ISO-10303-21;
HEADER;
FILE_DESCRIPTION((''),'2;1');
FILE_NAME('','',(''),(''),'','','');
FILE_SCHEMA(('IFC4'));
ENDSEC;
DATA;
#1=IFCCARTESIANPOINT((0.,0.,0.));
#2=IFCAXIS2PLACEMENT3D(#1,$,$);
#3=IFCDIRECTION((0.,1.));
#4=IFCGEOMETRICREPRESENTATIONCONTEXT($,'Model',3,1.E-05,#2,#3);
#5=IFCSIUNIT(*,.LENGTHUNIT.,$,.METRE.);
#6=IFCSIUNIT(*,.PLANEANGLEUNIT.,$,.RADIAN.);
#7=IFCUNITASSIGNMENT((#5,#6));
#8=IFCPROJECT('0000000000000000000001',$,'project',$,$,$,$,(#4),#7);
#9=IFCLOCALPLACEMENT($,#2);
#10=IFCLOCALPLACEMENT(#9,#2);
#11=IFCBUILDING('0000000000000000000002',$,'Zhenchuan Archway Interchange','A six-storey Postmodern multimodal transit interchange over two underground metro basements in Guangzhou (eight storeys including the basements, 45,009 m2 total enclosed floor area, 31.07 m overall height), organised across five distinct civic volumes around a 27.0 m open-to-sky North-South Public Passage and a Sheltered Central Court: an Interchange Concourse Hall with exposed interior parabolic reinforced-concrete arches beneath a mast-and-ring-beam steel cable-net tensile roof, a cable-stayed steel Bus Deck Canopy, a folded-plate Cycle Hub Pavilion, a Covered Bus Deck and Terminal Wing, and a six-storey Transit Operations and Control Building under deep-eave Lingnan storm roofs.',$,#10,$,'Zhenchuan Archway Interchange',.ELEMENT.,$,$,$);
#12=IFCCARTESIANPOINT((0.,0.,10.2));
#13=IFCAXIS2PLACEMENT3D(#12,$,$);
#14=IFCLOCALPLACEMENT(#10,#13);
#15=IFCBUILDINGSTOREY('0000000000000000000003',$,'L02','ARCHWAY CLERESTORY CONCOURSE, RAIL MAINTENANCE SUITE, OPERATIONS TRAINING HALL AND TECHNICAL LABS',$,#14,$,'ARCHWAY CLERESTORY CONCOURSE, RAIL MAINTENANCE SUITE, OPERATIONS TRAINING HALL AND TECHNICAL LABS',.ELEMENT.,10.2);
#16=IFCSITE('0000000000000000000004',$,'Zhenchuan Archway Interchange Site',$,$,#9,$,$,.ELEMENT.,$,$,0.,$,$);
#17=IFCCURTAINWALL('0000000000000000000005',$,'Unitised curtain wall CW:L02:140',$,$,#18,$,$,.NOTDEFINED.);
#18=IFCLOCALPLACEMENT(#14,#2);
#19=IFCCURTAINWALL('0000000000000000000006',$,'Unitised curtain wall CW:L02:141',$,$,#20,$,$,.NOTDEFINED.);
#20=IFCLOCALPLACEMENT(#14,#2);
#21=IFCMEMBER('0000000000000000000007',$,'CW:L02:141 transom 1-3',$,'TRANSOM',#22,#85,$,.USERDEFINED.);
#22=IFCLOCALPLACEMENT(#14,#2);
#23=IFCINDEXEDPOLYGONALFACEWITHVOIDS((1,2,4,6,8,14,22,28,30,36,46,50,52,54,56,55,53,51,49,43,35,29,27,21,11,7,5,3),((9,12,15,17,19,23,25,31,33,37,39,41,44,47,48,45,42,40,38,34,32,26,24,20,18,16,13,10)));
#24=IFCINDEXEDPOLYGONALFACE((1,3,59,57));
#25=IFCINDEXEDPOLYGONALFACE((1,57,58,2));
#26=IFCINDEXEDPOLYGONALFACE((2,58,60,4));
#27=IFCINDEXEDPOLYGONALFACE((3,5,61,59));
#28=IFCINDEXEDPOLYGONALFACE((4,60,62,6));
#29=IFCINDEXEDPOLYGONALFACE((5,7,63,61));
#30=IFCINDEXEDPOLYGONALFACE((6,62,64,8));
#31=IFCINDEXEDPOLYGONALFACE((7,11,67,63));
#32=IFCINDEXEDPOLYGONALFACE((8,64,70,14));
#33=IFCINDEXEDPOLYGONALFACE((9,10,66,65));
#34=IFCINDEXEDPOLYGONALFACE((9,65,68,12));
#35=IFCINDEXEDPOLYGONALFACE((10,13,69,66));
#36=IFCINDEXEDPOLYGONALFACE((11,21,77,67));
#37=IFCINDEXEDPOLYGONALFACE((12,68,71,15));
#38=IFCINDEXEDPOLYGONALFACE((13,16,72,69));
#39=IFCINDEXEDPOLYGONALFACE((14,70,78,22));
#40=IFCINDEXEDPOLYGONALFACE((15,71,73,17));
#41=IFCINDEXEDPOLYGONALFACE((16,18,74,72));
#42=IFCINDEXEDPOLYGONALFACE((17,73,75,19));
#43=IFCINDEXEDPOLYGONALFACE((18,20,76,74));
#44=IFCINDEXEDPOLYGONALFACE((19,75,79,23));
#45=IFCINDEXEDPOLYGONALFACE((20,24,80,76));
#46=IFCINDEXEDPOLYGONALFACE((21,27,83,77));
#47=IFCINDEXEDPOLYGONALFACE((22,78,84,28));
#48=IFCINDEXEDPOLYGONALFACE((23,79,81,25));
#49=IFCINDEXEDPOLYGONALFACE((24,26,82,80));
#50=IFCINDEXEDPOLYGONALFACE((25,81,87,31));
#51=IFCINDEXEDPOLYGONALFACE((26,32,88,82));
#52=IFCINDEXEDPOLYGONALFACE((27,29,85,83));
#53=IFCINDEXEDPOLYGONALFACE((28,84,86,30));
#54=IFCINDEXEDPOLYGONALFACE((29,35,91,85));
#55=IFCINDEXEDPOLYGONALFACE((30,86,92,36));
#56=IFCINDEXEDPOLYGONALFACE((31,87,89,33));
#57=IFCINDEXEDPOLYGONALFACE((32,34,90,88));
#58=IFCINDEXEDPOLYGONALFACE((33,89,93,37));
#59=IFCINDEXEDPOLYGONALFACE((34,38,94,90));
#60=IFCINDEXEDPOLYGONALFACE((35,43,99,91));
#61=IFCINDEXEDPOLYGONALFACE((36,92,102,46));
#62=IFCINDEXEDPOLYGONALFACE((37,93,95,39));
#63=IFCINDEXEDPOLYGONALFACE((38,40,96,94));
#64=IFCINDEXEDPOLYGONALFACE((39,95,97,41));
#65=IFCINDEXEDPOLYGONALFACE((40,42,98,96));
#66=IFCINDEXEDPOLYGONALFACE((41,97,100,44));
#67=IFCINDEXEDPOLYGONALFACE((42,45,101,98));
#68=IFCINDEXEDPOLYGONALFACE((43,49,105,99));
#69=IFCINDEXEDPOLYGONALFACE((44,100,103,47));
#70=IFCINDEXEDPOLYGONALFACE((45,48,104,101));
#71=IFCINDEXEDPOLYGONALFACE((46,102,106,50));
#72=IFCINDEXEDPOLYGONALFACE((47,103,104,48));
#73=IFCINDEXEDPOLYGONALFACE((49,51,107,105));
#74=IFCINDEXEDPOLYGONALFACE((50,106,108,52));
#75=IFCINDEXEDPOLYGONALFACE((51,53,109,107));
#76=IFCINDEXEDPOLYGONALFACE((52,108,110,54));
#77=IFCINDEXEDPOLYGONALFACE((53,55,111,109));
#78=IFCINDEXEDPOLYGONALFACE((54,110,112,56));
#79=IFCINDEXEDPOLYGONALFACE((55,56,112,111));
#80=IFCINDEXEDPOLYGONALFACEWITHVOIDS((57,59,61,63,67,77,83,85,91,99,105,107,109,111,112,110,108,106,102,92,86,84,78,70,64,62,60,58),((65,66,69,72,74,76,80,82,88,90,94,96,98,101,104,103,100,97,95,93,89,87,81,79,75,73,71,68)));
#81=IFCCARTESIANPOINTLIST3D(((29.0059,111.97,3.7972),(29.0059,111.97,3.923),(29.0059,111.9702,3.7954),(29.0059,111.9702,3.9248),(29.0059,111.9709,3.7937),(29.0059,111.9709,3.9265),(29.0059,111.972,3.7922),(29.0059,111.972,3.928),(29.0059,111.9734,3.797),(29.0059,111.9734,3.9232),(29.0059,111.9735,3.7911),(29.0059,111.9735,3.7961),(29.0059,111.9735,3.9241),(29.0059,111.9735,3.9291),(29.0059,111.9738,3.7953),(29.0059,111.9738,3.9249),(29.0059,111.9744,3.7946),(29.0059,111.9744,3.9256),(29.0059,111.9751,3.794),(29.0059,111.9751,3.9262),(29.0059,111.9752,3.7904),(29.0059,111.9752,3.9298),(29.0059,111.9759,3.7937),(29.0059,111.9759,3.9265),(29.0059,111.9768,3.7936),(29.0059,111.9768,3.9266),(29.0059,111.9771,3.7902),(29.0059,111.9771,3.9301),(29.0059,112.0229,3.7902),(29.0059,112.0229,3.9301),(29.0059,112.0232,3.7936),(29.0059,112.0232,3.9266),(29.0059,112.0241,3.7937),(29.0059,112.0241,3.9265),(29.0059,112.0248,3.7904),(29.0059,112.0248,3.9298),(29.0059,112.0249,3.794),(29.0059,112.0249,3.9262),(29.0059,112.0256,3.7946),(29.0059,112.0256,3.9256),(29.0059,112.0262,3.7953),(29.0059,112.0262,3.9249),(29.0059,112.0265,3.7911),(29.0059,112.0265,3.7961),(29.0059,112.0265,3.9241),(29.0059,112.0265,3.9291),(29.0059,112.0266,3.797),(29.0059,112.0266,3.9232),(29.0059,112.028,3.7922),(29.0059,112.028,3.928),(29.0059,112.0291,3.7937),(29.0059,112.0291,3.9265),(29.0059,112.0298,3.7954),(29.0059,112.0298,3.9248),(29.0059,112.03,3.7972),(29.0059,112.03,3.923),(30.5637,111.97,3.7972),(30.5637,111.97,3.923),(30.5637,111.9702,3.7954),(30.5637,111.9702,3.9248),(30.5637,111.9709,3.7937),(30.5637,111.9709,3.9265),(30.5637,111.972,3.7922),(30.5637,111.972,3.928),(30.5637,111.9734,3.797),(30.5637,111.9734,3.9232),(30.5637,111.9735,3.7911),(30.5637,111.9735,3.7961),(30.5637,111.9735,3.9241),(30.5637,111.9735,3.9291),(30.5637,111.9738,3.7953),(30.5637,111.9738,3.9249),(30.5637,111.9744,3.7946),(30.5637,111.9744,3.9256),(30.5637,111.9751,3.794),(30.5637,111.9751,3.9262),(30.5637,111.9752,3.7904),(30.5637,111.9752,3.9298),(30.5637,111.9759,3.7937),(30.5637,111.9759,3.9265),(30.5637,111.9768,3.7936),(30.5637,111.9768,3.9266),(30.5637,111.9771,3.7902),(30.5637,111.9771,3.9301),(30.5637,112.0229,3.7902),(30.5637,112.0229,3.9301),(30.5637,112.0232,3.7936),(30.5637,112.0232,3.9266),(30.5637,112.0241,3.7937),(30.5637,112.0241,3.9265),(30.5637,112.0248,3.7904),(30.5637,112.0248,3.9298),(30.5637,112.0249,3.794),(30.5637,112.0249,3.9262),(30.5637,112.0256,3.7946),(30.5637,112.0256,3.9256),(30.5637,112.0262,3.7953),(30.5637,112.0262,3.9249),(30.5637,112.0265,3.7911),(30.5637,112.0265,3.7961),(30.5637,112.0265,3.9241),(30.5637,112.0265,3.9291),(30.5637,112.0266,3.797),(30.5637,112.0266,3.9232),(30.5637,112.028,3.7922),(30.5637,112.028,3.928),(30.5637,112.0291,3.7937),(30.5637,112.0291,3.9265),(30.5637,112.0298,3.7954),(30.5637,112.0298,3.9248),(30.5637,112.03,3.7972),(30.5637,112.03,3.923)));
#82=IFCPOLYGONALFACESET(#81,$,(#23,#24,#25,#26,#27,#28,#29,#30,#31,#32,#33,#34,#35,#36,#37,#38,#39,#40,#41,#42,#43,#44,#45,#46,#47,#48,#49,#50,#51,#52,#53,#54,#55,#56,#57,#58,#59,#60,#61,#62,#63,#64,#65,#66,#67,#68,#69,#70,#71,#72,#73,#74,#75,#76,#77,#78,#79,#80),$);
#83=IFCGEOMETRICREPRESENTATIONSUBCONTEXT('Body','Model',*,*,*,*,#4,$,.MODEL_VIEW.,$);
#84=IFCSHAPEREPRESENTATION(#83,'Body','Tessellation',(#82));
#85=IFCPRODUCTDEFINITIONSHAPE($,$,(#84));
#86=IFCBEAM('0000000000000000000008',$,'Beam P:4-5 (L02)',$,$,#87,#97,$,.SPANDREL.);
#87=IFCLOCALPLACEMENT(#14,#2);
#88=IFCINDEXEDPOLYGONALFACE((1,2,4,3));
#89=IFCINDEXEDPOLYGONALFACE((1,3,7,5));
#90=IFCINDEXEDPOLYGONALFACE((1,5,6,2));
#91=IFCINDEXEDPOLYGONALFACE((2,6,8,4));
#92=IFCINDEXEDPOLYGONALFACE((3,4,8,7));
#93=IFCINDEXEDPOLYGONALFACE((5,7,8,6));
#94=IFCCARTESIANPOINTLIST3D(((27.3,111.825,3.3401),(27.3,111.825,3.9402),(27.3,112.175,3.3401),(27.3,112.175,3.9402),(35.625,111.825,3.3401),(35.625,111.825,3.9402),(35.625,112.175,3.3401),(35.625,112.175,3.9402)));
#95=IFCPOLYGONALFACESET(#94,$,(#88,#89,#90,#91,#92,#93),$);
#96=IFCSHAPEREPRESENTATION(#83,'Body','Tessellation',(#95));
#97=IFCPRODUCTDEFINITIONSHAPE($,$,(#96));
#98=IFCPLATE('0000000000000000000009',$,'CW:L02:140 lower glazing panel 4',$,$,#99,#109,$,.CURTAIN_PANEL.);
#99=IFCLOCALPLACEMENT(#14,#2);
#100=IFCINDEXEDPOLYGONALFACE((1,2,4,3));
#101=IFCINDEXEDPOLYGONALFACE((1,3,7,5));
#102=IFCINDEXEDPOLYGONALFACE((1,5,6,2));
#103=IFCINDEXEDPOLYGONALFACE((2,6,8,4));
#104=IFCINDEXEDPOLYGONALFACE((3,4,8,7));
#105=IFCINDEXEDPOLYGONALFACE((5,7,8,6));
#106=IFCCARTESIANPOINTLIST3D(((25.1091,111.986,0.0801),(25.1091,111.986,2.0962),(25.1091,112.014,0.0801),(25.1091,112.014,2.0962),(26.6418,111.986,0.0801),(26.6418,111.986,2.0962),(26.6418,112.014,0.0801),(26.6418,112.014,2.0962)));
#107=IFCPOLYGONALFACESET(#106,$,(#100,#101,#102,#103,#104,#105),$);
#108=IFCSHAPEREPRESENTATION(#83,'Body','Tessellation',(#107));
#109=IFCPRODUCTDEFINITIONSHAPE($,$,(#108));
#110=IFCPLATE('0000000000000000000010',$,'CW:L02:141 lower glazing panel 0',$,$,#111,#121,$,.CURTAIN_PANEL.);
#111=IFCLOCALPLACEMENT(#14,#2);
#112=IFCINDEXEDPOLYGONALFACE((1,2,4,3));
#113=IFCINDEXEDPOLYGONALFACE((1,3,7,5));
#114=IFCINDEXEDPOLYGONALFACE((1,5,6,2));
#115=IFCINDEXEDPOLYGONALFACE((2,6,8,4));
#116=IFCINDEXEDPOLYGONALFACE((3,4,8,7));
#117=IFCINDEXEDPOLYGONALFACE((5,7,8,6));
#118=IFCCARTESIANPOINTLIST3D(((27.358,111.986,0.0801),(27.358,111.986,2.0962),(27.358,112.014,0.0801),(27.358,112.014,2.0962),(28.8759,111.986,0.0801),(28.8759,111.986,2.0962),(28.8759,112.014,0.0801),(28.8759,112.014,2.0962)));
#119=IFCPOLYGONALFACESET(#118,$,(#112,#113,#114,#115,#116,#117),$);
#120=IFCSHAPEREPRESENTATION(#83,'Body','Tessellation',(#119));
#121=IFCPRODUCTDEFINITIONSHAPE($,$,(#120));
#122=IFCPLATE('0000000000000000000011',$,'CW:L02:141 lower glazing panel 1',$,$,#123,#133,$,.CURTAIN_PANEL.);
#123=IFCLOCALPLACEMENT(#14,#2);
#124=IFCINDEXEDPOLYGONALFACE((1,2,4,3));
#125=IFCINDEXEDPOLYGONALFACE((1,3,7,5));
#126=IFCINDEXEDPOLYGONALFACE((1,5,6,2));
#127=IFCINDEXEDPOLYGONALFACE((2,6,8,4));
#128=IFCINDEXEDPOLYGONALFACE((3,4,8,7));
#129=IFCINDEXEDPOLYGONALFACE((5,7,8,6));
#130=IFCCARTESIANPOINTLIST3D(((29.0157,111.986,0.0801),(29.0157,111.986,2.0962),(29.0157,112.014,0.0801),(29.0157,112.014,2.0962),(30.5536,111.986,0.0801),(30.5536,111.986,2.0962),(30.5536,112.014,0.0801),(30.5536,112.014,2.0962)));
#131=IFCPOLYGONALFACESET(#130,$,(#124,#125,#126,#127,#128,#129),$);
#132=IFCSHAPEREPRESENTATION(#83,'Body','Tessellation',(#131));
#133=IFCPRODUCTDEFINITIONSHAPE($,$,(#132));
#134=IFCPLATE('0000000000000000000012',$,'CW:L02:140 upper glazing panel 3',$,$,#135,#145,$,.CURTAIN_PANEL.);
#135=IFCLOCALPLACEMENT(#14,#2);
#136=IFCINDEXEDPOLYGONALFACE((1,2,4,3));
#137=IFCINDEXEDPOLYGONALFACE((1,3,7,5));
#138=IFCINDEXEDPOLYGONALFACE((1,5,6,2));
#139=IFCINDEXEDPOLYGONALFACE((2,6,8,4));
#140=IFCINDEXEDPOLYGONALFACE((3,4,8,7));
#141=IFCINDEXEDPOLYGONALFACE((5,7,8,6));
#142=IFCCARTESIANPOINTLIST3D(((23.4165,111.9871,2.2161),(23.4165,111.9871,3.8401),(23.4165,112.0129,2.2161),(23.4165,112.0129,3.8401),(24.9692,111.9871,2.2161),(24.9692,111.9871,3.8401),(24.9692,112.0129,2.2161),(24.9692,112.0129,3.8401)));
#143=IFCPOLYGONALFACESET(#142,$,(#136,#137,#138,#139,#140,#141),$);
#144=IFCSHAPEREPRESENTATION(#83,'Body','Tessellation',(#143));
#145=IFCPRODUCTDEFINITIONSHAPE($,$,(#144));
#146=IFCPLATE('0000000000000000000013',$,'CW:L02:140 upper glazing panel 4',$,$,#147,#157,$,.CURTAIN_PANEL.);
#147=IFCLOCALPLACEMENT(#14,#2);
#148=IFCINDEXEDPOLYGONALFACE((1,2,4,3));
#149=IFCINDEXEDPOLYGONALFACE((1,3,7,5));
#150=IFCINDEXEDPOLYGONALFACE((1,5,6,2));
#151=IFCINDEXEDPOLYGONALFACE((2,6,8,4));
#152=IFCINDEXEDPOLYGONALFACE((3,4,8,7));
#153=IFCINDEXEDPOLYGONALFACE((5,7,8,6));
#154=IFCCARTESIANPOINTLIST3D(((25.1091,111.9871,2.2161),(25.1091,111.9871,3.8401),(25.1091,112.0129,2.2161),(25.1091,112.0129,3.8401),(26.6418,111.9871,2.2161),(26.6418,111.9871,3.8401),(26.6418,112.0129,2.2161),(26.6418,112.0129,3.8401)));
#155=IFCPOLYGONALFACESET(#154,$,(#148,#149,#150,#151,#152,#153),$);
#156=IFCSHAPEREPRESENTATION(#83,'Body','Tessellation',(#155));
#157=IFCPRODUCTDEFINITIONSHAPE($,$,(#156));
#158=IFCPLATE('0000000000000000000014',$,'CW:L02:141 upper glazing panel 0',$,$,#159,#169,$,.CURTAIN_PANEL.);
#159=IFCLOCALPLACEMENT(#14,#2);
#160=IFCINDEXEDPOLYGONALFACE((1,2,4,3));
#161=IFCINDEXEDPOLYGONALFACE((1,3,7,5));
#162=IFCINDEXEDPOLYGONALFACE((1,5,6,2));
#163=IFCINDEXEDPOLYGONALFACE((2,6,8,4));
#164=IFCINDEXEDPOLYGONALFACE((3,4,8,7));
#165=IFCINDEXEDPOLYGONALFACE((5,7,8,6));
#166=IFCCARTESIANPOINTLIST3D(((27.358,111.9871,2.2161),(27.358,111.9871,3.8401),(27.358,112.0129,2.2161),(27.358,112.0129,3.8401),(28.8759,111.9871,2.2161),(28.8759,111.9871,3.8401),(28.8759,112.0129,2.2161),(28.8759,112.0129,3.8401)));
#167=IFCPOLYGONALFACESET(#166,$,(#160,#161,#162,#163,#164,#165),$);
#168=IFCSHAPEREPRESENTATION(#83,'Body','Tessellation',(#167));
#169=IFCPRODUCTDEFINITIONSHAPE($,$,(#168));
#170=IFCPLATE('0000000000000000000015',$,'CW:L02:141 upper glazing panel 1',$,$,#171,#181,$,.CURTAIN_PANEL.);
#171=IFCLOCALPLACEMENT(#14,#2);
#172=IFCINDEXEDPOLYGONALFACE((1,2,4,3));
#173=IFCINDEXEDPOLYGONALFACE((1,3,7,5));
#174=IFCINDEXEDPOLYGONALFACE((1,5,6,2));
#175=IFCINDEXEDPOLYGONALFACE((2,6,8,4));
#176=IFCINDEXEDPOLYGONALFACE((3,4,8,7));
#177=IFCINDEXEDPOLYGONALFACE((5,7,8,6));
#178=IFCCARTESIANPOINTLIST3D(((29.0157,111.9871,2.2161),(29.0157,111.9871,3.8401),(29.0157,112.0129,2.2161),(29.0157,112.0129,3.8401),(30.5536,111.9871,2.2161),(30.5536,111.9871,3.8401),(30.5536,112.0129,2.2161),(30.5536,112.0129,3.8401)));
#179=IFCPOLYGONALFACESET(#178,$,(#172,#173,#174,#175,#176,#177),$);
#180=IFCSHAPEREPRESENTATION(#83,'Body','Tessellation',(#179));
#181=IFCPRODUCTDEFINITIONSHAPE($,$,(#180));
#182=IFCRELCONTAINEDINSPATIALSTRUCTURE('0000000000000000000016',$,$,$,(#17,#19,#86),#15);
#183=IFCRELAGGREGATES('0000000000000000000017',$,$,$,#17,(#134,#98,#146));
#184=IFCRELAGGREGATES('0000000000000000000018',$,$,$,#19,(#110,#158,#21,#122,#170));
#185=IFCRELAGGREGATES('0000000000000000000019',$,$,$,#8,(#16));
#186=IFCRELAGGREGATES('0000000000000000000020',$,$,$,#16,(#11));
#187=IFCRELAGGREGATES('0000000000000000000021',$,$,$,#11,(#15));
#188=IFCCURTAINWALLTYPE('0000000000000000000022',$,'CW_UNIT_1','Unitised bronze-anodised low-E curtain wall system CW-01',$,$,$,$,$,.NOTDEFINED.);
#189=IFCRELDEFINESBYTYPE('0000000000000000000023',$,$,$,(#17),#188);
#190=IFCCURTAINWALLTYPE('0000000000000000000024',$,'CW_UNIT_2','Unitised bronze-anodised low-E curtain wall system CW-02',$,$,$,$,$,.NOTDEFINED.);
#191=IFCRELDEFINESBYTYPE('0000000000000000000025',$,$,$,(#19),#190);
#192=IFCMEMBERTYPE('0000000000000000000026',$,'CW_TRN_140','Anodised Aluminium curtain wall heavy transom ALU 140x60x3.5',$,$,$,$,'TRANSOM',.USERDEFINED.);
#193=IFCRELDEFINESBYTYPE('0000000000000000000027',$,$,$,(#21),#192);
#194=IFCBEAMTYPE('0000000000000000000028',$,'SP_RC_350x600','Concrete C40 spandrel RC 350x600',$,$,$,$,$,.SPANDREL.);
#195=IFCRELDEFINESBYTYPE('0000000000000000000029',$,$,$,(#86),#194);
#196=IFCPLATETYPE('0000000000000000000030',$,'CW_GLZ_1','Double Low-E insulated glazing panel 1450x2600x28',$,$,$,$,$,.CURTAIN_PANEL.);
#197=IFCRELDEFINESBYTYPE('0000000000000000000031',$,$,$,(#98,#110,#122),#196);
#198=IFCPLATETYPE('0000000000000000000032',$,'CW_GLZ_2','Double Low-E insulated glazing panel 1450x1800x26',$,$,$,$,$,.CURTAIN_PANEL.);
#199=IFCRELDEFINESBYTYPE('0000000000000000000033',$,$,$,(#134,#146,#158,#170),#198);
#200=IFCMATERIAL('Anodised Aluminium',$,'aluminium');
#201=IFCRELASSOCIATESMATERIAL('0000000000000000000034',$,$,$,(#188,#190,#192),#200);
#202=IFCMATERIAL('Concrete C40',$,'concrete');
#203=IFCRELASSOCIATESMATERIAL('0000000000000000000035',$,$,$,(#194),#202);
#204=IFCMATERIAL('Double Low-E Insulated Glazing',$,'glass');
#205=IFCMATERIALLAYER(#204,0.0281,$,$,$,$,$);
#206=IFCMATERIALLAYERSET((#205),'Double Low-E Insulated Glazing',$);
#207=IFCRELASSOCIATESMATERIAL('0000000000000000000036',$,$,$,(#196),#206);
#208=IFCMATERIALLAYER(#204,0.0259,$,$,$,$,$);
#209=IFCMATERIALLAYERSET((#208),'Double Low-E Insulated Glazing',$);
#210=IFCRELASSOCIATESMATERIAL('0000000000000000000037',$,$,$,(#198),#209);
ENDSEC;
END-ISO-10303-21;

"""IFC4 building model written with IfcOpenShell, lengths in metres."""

from ifc_helpers import new_model, si_unit, direction, frame, origin, origin_2d, place, context, subcontext, project, spatial, rectangle, hollow_rectangle, extrude, material, layer, layer_set, material_profile, profile_set, type_object, element, aggregate, save


model = new_model("IFC4")

# Units and contexts
model_context = context("Model", 3, precision=1e-05, world=origin(), true_north=direction((0.0, 1.0)))
body_context = subcontext(model_context, "Body", "Model", "MODEL_VIEW")
ifc_project = project(units=[si_unit("LENGTHUNIT", "METRE"), si_unit("PLANEANGLEUNIT", "RADIAN")], contexts=[model_context])

# Site, building, storey
site_placement = place(None, origin())
site = spatial("IfcSite", under=ifc_project, at=site_placement, Name="Zhenchuan Archway Interchange Site", CompositionType="ELEMENT", RefElevation=0.0)
building_placement = place(site_placement, origin())
building = spatial("IfcBuilding", under=site, at=building_placement, Name="Zhenchuan Archway Interchange", Description="A six-storey Postmodern multimodal transit interchange over two underground metro basements in Guangzhou (eight storeys including the basements, 45,009 m2 total enclosed floor area, 31.07 m overall height), organised across five distinct civic volumes around a 27.0 m open-to-sky North-South Public Passage and a Sheltered Central Court: an Interchange Concourse Hall with exposed interior parabolic reinforced-concrete arches beneath a mast-and-ring-beam steel cable-net tensile roof, a cable-stayed steel Bus Deck Canopy, a folded-plate Cycle Hub Pavilion, a Covered Bus Deck and Terminal Wing, and a six-storey Transit Operations and Control Building under deep-eave Lingnan storm roofs.", LongName="Zhenchuan Archway Interchange", CompositionType="ELEMENT")
storey_placement = place(building_placement, frame((0.0, 0.0, 10.2)))
storey = spatial("IfcBuildingStorey", under=building, at=storey_placement, Name="L02", Description="ARCHWAY CLERESTORY CONCOURSE, RAIL MAINTENANCE SUITE, OPERATIONS TRAINING HALL AND TECHNICAL LABS", LongName="ARCHWAY CLERESTORY CONCOURSE, RAIL MAINTENANCE SUITE, OPERATIONS TRAINING HALL AND TECHNICAL LABS", CompositionType="ELEMENT", Elevation=10.2)

# Shared definitions
ifc_material_1 = material(Name="Concrete C40", Category="concrete")

# Curtain walls
ifc_material_2 = material(Name="Anodised Aluminium", Category="aluminium")
curtain_wall_type_1 = type_object("IfcCurtainWallType", Name="CW_UNIT_1", Description="Unitised bronze-anodised low-E curtain wall system CW-01", PredefinedType="NOTDEFINED", material=ifc_material_2)
curtain_wall_1_placement = place(storey_placement, origin())
curtain_wall_1 = element("IfcCurtainWall", 1, at=curtain_wall_1_placement, inside=storey, type_object=curtain_wall_type_1, Name="Unitised curtain wall CW:L02:140", PredefinedType="NOTDEFINED")
curtain_wall_type_2 = type_object("IfcCurtainWallType", Name="CW_UNIT_2", Description="Unitised bronze-anodised low-E curtain wall system CW-02", PredefinedType="NOTDEFINED", material=ifc_material_2)
curtain_wall_2_placement = place(storey_placement, origin())
curtain_wall_2 = element("IfcCurtainWall", 2, at=curtain_wall_2_placement, inside=storey, type_object=curtain_wall_type_2, Name="Unitised curtain wall CW:L02:141", PredefinedType="NOTDEFINED")

# Member
ifc_material_profile_1 = material_profile(ifc_material_2, hollow_rectangle(XDim=0.0601, YDim=0.1399, WallThickness=0.0034, InnerFilletRadius=0.0034, OuterFilletRadius=0.0071, at=origin_2d()), Name="ALU 140x60x3.5")
ifc_profile_set_1 = profile_set([ifc_material_profile_1], Name="Anodised Aluminium")
member_type_1 = type_object("IfcMemberType", Name="CW_TRN_140", Description="Anodised Aluminium curtain wall heavy transom ALU 140x60x3.5", ElementType="TRANSOM", PredefinedType="USERDEFINED", material=ifc_profile_set_1)
member_1_placement = place(storey_placement, frame((29.0059, 112.0, 3.8601), z_axis=(1.0, 0.0, 0.0), x_axis=(0.0, 1.0, 0.0)))
member_1 = element("IfcMember", 3, at=member_1_placement, type_object=member_type_1, Name="CW:L02:141 transom 1-3", ObjectType="TRANSOM", PredefinedType="USERDEFINED", context=body_context, shape_type="SweptSolid", body=[
    extrude(hollow_rectangle(XDim=0.0601, YDim=0.1399, WallThickness=0.0034, InnerFilletRadius=0.0034, OuterFilletRadius=0.0071, at=origin_2d()), origin(), (0.0, 0.0, 1.0), 1.5579),
])

# Beam
ifc_material_profile_2 = material_profile(ifc_material_1, rectangle(XDim=0.3501, YDim=0.6001, at=origin_2d()), Name="RC 350x600")
ifc_profile_set_2 = profile_set([ifc_material_profile_2], Name="Concrete C40")
beam_type = type_object("IfcBeamType", Name="SP_RC_350x600", Description="Concrete C40 spandrel RC 350x600", PredefinedType="SPANDREL", material=ifc_profile_set_2)
beam_placement = place(storey_placement, frame((27.3, 112.0, 3.6401), z_axis=(1.0, 0.0, 0.0), x_axis=(0.0, 1.0, 0.0)))
element("IfcBeam", 4, at=beam_placement, inside=storey, type_object=beam_type, Name="Beam P:4-5 (L02)", PredefinedType="SPANDREL", context=body_context, shape_type="SweptSolid", body=[
    extrude(rectangle(XDim=0.3501, YDim=0.6001, at=origin_2d()), origin(), (0.0, 0.0, 1.0), 8.325),
])

# Plates
ifc_material_3 = material(Name="Double Low-E Insulated Glazing", Category="glass")
ifc_layer_1 = layer(ifc_material_3, 0.0281)
ifc_layer_set_1 = layer_set([ifc_layer_1], Name="Double Low-E Insulated Glazing")
plate_type_1 = type_object("IfcPlateType", Name="CW_GLZ_1", Description="Double Low-E insulated glazing panel 1450x2600x28", PredefinedType="CURTAIN_PANEL", material=ifc_layer_set_1)
plate_1_placement = place(storey_placement, frame((25.8755, 112.0, 0.0801), z_axis=(0.0, 0.0, 1.0), x_axis=(1.0, 0.0, 0.0)))
plate_1 = element("IfcPlate", 5, at=plate_1_placement, type_object=plate_type_1, Name="CW:L02:140 lower glazing panel 4", PredefinedType="CURTAIN_PANEL", context=body_context, shape_type="SweptSolid", body=[
    extrude(rectangle(XDim=1.5327, YDim=0.0281, at=origin_2d()), origin(), (0.0, 0.0, 1.0), 2.0161),
])
plate_2_placement = place(storey_placement, frame((28.1169, 112.0, 0.0801), z_axis=(0.0, 0.0, 1.0), x_axis=(1.0, 0.0, 0.0)))
plate_2 = element("IfcPlate", 6, at=plate_2_placement, type_object=plate_type_1, Name="CW:L02:141 lower glazing panel 0", PredefinedType="CURTAIN_PANEL", context=body_context, shape_type="SweptSolid", body=[
    extrude(rectangle(XDim=1.5178, YDim=0.0281, at=origin_2d()), origin(), (0.0, 0.0, 1.0), 2.0161),
])
plate_3_placement = place(storey_placement, frame((29.7847, 112.0, 0.0801), z_axis=(0.0, 0.0, 1.0), x_axis=(1.0, 0.0, 0.0)))
plate_3 = element("IfcPlate", 7, at=plate_3_placement, type_object=plate_type_1, Name="CW:L02:141 lower glazing panel 1", PredefinedType="CURTAIN_PANEL", context=body_context, shape_type="SweptSolid", body=[
    extrude(rectangle(XDim=1.5378, YDim=0.0281, at=origin_2d()), origin(), (0.0, 0.0, 1.0), 2.0161),
])
ifc_layer_2 = layer(ifc_material_3, 0.0259)
ifc_layer_set_2 = layer_set([ifc_layer_2], Name="Double Low-E Insulated Glazing")
plate_type_2 = type_object("IfcPlateType", Name="CW_GLZ_2", Description="Double Low-E insulated glazing panel 1450x1800x26", PredefinedType="CURTAIN_PANEL", material=ifc_layer_set_2)
plate_4_placement = place(storey_placement, frame((24.1929, 112.0, 2.2161), z_axis=(0.0, 0.0, 1.0), x_axis=(1.0, 0.0, 0.0)))
plate_4 = element("IfcPlate", 8, at=plate_4_placement, type_object=plate_type_2, Name="CW:L02:140 upper glazing panel 3", PredefinedType="CURTAIN_PANEL", context=body_context, shape_type="SweptSolid", body=[
    extrude(rectangle(XDim=1.5527, YDim=0.0259, at=origin_2d()), origin(), (0.0, 0.0, 1.0), 1.624),
])
plate_5_placement = place(storey_placement, frame((25.8755, 112.0, 2.2161), z_axis=(0.0, 0.0, 1.0), x_axis=(1.0, 0.0, 0.0)))
plate_5 = element("IfcPlate", 9, at=plate_5_placement, type_object=plate_type_2, Name="CW:L02:140 upper glazing panel 4", PredefinedType="CURTAIN_PANEL", context=body_context, shape_type="SweptSolid", body=[
    extrude(rectangle(XDim=1.5327, YDim=0.0259, at=origin_2d()), origin(), (0.0, 0.0, 1.0), 1.624),
])
aggregate(curtain_wall_1, [plate_4, plate_1, plate_5])
plate_6_placement = place(storey_placement, frame((28.1169, 112.0, 2.2161), z_axis=(0.0, 0.0, 1.0), x_axis=(1.0, 0.0, 0.0)))
plate_6 = element("IfcPlate", 10, at=plate_6_placement, type_object=plate_type_2, Name="CW:L02:141 upper glazing panel 0", PredefinedType="CURTAIN_PANEL", context=body_context, shape_type="SweptSolid", body=[
    extrude(rectangle(XDim=1.5178, YDim=0.0259, at=origin_2d()), origin(), (0.0, 0.0, 1.0), 1.624),
])
plate_7_placement = place(storey_placement, frame((29.7847, 112.0, 2.2161), z_axis=(0.0, 0.0, 1.0), x_axis=(1.0, 0.0, 0.0)))
plate_7 = element("IfcPlate", 11, at=plate_7_placement, type_object=plate_type_2, Name="CW:L02:141 upper glazing panel 1", PredefinedType="CURTAIN_PANEL", context=body_context, shape_type="SweptSolid", body=[
    extrude(rectangle(XDim=1.5378, YDim=0.0259, at=origin_2d()), origin(), (0.0, 0.0, 1.0), 1.624),
])
aggregate(curtain_wall_2, [plate_2, plate_6, member_1, plate_3, plate_7])

save(model, "model.ifc")
